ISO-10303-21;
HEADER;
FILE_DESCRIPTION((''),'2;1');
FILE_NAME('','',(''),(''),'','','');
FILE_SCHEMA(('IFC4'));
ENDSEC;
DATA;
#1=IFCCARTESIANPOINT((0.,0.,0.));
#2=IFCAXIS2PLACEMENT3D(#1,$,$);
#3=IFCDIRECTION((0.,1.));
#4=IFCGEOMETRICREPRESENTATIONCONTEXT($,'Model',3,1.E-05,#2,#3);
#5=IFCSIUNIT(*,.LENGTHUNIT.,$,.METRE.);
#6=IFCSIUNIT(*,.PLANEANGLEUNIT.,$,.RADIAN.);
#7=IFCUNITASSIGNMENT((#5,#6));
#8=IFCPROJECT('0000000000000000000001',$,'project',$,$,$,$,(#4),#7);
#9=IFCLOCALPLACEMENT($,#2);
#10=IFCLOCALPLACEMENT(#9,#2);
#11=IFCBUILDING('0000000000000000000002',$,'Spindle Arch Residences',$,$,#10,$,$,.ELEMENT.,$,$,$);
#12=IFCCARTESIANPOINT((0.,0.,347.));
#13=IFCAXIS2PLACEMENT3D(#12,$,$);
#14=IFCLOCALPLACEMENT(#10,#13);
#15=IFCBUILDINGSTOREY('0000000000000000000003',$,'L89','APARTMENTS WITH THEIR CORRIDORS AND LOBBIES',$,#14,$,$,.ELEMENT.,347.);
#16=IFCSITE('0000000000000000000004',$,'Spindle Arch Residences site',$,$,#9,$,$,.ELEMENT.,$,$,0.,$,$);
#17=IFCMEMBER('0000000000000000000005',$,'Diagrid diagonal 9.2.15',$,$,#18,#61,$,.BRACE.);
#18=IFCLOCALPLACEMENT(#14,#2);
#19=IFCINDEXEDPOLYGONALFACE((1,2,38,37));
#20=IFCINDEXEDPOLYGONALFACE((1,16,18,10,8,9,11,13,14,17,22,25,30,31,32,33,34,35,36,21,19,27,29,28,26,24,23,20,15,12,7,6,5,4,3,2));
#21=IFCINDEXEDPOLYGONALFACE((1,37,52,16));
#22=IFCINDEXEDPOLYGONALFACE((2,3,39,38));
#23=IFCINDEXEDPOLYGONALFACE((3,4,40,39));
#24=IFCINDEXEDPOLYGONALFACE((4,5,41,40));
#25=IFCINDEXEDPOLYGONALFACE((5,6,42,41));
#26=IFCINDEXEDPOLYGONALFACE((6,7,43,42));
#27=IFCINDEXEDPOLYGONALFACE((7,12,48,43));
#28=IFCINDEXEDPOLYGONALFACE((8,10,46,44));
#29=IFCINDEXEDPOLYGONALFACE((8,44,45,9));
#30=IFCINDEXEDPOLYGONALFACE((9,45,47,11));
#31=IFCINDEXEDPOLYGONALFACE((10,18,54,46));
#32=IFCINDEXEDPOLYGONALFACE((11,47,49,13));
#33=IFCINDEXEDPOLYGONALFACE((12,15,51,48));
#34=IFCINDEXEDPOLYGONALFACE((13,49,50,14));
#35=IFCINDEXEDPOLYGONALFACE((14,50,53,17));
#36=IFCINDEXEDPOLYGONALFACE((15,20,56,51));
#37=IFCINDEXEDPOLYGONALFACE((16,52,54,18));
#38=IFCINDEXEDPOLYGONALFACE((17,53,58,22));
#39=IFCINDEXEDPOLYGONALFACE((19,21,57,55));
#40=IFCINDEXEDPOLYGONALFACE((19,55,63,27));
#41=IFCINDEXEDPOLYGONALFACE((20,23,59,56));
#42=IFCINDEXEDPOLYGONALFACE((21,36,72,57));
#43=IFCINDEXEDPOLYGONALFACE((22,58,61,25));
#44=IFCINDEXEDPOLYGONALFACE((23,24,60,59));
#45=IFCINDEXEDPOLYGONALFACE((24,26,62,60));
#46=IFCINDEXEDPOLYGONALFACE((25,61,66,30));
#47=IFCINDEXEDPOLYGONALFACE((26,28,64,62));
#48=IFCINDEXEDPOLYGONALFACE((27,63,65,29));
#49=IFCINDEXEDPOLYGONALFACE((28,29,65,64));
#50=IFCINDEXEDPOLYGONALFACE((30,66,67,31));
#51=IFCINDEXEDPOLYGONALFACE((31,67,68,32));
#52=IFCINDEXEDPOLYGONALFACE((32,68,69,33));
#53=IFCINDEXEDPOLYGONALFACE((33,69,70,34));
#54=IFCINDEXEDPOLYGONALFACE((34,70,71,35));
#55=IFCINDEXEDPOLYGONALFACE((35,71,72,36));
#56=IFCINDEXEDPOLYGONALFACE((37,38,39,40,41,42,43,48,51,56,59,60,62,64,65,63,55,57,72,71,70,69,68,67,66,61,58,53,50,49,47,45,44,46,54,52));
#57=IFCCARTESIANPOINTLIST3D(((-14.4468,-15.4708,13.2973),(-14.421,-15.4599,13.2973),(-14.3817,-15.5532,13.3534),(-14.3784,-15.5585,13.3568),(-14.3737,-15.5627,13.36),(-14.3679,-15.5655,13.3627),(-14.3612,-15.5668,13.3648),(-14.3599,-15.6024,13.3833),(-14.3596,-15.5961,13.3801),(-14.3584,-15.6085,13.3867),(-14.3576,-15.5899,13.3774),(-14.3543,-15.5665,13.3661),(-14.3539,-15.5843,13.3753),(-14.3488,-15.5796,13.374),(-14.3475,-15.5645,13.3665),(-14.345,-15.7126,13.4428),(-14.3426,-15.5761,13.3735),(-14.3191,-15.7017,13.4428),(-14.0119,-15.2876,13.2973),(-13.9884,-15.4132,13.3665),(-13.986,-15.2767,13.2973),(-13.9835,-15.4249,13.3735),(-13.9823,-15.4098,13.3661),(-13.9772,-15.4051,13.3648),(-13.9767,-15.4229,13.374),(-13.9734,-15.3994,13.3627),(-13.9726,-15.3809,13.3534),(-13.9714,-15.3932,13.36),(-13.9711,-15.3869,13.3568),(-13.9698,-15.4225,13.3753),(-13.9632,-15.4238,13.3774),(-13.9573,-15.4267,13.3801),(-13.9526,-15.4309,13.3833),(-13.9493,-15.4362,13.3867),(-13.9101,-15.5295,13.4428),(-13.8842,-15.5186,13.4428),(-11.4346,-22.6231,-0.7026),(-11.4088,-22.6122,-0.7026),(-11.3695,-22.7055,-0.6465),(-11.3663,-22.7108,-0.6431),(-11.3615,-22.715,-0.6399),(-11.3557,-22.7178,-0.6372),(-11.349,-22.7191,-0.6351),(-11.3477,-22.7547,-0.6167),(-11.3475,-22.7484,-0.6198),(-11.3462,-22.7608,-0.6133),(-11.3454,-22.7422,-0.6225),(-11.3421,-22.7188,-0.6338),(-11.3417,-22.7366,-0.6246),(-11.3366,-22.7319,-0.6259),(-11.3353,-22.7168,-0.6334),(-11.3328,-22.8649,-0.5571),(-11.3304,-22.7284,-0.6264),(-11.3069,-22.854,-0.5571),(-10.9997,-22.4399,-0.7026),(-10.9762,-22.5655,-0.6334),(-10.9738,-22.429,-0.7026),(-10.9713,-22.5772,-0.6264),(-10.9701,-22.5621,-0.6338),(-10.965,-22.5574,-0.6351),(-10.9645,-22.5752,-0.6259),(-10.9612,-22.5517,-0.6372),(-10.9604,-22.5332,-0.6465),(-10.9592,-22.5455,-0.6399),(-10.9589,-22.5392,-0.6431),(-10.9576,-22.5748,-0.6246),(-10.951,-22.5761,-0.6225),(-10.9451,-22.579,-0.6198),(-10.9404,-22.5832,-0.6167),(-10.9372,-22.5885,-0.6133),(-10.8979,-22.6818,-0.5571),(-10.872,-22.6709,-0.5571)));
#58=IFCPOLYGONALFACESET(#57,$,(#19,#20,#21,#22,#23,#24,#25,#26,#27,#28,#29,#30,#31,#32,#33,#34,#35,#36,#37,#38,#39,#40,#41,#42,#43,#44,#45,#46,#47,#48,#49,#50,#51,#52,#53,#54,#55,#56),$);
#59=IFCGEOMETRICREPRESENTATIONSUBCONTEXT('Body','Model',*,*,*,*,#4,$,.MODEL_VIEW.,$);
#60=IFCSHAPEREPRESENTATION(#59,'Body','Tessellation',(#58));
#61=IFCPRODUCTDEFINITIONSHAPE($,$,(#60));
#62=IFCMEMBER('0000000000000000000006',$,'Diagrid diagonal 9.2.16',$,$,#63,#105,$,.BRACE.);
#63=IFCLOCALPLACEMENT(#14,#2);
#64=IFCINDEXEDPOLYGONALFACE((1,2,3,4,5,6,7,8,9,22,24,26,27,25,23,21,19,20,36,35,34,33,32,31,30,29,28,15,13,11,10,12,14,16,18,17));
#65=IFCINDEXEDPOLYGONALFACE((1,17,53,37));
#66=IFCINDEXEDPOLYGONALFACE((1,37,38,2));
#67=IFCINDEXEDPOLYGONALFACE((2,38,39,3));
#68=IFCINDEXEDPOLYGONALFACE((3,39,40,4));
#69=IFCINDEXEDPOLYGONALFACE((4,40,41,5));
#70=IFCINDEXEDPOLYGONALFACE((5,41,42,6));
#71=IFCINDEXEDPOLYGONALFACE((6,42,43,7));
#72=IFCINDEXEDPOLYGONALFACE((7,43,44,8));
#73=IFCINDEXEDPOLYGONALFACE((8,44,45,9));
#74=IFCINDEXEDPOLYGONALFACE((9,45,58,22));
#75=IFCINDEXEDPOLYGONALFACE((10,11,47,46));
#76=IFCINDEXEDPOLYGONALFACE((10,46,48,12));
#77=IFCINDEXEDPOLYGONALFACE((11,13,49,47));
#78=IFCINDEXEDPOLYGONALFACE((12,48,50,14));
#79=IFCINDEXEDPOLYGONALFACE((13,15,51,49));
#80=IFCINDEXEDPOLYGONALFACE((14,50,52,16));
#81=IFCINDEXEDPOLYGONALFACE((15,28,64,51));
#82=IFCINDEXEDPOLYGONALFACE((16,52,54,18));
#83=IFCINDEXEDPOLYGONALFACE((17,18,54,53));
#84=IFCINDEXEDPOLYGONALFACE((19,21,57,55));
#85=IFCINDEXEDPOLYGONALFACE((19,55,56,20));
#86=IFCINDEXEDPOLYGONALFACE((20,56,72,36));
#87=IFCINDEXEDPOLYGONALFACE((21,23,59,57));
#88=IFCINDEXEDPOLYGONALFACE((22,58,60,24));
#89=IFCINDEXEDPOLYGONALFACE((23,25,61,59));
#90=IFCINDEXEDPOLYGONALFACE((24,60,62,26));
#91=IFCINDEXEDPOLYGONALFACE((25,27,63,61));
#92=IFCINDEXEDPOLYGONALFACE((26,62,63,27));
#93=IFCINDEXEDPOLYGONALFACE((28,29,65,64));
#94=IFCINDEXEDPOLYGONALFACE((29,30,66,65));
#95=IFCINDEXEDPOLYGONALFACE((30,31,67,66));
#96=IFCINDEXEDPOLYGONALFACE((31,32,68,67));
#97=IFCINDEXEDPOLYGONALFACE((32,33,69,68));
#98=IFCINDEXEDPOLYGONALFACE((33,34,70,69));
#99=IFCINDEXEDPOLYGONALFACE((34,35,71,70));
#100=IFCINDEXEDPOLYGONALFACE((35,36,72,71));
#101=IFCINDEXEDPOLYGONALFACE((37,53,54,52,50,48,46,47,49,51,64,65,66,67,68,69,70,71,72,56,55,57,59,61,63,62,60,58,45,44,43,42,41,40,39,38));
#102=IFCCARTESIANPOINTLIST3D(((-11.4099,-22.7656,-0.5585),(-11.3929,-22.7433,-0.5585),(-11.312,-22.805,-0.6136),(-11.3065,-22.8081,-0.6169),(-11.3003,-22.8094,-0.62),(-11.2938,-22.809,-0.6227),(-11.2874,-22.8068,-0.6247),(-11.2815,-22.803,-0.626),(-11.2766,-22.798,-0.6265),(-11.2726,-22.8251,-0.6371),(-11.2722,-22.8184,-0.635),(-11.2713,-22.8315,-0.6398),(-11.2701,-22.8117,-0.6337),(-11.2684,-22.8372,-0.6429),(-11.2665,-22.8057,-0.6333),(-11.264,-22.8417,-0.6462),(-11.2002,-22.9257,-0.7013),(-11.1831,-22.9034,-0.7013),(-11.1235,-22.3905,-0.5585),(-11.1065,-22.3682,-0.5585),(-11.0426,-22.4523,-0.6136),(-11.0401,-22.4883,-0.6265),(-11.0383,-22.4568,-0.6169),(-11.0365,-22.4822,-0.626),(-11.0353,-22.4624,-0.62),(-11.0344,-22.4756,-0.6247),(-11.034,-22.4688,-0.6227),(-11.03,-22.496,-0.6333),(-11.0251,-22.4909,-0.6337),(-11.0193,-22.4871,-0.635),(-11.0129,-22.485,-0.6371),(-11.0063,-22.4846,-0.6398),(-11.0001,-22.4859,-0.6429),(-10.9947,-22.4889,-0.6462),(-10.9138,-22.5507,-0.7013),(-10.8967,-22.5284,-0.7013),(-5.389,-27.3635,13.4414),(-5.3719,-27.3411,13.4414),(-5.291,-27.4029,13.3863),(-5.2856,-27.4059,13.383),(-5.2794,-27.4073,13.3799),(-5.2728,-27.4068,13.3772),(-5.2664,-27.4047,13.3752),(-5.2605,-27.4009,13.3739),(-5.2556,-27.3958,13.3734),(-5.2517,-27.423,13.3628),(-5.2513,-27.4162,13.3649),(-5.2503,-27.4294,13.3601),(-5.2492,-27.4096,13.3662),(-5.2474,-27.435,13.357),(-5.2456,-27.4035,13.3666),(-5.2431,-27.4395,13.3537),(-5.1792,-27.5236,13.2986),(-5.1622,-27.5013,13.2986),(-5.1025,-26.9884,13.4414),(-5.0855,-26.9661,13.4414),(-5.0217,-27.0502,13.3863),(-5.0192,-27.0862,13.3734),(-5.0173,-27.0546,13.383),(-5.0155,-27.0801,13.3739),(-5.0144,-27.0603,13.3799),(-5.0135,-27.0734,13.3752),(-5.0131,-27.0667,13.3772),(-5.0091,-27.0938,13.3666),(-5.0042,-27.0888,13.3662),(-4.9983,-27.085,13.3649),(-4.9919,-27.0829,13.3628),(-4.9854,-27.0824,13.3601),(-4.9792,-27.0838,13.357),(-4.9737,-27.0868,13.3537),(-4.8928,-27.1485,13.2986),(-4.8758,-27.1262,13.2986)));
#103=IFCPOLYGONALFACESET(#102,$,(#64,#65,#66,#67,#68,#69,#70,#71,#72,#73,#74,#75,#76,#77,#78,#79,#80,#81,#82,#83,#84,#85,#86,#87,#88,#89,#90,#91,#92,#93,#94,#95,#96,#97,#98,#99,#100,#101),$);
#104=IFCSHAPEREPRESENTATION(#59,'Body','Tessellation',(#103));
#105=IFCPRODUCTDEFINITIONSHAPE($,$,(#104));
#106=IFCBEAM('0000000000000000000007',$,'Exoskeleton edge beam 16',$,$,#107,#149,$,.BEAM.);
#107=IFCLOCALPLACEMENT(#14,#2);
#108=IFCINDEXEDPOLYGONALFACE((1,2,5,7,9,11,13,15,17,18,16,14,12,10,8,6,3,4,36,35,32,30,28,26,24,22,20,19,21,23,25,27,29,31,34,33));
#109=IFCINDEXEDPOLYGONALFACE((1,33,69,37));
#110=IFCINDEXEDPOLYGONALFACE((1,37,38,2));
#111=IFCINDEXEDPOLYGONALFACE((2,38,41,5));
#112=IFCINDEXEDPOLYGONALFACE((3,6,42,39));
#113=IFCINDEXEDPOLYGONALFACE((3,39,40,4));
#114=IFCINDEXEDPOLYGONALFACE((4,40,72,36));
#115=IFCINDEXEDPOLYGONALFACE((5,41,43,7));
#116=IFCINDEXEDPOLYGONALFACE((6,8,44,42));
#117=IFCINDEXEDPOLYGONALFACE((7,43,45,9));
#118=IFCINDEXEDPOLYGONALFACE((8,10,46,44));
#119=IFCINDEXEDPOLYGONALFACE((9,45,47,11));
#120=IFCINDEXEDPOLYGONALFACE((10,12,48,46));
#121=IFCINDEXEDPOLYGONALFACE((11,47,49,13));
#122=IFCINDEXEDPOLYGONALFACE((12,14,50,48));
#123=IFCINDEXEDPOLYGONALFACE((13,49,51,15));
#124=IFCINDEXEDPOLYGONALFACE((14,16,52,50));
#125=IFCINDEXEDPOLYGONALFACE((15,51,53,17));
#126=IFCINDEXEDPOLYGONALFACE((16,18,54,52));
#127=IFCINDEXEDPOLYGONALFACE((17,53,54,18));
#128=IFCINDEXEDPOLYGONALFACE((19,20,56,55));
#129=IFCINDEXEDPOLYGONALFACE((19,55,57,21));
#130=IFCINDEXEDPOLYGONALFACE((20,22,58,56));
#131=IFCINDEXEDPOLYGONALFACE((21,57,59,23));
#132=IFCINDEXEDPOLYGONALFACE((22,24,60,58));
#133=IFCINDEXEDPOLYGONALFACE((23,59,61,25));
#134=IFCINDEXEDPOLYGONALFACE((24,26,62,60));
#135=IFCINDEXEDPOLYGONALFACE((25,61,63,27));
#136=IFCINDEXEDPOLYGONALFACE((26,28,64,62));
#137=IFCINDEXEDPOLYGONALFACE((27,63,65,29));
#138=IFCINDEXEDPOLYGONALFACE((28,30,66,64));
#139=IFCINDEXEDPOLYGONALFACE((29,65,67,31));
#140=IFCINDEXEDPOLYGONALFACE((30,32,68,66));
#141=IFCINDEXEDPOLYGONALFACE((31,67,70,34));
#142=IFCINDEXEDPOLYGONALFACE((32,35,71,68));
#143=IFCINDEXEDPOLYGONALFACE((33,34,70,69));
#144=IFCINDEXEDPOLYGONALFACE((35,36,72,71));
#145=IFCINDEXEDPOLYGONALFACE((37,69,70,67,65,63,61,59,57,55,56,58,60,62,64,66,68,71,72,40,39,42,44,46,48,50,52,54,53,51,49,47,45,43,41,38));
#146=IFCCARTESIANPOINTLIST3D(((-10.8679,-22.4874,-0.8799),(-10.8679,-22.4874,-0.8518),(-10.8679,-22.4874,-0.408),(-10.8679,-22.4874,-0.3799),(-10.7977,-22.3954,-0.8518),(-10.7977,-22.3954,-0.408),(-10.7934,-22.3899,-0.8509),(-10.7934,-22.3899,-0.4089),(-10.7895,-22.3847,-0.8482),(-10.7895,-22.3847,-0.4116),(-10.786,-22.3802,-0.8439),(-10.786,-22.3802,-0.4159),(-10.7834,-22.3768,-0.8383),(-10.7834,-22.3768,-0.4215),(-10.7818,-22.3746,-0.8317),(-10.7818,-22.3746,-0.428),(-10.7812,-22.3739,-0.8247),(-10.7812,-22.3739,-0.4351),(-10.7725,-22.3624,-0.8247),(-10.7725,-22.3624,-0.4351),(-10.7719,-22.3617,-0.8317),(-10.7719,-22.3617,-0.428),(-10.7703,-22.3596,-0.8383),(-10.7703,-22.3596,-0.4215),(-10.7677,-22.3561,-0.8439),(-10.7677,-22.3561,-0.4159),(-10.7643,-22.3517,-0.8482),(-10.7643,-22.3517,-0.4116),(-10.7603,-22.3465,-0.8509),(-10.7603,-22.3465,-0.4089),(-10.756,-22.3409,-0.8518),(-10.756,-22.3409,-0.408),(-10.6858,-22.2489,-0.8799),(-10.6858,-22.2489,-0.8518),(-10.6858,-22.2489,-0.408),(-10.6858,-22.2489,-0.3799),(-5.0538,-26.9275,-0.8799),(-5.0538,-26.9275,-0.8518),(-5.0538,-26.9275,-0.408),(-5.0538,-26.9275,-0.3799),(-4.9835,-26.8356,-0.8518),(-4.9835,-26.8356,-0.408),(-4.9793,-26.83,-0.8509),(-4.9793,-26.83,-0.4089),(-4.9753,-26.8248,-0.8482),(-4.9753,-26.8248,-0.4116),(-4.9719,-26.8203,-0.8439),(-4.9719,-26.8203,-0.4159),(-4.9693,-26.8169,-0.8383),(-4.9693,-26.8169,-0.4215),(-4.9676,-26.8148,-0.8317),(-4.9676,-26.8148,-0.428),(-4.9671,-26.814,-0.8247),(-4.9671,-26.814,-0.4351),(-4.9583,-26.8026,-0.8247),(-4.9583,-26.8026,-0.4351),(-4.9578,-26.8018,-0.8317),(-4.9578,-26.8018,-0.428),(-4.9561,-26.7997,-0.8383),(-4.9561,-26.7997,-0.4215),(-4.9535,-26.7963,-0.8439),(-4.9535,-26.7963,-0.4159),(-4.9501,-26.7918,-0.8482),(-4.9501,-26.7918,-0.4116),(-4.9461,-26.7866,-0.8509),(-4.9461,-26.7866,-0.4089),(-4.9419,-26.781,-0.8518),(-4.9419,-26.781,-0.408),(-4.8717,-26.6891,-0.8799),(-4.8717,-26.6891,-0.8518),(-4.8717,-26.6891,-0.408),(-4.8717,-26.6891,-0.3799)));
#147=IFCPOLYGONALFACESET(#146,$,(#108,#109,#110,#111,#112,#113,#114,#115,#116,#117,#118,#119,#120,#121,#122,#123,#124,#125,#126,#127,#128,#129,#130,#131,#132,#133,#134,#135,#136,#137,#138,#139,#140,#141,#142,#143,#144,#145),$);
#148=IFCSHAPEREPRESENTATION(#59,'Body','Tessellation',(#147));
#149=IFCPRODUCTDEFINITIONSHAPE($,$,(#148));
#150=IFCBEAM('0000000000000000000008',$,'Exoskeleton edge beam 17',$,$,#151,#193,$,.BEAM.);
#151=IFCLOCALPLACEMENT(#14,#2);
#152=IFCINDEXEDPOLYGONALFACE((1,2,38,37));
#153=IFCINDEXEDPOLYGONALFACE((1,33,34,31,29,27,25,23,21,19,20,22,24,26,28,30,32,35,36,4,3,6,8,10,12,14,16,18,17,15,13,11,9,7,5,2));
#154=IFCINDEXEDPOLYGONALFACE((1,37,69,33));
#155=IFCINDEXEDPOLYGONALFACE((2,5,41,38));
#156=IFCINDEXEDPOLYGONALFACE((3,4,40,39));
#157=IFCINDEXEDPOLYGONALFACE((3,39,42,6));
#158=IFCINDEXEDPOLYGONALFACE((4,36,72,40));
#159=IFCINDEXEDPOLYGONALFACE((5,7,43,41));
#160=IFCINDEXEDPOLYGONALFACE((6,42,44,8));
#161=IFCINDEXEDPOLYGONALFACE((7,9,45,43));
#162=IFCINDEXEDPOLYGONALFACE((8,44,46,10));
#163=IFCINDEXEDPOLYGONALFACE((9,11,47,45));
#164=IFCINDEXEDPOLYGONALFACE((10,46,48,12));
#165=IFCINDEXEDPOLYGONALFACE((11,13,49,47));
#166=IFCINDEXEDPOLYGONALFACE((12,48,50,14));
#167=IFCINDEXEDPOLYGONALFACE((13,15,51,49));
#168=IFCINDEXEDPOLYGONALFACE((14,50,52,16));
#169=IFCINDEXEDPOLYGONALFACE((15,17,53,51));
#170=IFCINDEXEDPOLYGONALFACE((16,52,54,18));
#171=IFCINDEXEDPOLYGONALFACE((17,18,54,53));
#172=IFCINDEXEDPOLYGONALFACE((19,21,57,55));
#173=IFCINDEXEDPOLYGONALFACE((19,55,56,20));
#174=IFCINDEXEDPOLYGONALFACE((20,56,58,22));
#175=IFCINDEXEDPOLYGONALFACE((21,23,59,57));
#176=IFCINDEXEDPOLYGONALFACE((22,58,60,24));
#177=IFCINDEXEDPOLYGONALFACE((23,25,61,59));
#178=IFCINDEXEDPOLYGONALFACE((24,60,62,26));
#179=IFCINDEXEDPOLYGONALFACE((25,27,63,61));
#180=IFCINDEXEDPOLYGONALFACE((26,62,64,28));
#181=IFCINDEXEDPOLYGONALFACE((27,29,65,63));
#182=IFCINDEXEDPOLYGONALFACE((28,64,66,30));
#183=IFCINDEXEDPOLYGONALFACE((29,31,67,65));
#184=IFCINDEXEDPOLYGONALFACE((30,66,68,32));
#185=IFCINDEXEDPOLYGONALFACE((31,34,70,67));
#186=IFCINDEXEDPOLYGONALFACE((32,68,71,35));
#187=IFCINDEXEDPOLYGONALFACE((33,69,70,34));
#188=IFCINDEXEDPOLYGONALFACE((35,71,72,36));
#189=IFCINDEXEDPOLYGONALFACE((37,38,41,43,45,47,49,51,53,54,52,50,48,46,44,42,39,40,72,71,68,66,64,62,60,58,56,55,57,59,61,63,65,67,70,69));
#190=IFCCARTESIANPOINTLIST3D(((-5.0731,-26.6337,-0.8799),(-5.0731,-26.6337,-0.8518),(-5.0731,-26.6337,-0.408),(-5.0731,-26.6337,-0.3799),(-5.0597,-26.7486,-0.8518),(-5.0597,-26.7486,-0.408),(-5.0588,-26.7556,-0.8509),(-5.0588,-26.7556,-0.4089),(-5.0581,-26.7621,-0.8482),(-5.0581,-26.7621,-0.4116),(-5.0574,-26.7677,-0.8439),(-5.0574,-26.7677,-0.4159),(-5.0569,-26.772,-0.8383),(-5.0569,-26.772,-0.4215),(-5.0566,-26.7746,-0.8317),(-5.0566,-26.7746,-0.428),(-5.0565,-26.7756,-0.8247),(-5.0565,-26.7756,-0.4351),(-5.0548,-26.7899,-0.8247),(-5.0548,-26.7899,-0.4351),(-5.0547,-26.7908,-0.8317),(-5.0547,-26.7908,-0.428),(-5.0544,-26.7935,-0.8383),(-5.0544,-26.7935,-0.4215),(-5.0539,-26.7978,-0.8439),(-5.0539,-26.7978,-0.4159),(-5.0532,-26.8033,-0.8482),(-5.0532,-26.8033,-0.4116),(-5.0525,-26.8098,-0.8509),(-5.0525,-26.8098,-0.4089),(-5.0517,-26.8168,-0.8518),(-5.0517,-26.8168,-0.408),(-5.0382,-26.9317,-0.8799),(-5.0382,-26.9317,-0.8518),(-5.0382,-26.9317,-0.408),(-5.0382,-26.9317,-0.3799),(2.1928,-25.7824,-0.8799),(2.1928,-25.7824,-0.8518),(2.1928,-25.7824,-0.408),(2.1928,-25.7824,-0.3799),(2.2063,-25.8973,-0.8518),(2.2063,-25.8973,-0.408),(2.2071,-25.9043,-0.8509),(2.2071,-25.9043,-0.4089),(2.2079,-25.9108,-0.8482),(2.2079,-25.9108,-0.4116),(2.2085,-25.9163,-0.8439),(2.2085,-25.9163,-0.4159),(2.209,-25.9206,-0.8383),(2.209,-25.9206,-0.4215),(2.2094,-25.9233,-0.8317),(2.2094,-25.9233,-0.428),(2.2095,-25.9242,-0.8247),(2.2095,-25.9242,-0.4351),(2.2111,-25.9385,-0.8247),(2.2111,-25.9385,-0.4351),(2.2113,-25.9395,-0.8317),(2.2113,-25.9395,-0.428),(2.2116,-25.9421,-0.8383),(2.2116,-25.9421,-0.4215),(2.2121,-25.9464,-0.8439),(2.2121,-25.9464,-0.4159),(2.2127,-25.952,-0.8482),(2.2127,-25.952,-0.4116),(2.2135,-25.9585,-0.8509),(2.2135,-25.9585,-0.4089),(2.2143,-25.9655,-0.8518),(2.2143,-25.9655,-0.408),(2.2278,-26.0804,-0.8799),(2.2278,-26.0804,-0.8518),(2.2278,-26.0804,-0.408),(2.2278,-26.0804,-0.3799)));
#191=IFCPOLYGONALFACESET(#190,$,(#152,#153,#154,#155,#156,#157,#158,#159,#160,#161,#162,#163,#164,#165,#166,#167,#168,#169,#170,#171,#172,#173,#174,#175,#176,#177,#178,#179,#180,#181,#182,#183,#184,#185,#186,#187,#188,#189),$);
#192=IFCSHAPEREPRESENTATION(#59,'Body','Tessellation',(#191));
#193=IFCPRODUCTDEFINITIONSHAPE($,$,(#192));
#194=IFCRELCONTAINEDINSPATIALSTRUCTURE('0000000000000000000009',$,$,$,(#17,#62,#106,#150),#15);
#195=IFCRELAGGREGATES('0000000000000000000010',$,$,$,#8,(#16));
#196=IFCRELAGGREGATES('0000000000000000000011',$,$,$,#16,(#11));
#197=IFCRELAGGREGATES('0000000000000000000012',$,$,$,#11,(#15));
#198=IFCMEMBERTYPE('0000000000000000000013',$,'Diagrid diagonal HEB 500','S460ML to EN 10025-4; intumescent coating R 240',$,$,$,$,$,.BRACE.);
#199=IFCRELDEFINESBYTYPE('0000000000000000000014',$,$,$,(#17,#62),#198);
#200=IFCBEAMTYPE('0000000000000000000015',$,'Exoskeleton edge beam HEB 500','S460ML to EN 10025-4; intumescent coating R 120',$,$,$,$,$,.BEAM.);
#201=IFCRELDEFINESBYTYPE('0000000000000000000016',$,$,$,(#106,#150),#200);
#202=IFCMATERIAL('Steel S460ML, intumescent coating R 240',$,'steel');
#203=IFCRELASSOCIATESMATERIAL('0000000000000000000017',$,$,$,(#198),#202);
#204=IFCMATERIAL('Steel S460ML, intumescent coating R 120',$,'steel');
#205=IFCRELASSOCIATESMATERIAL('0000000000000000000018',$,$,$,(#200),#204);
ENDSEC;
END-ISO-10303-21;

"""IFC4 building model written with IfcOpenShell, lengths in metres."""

from ifc_helpers import new_model, si_unit, direction, frame, origin, origin_2d, place, context, subcontext, project, spatial, i_section, extrude, material, material_profile, profile_set, type_object, element, save


model = new_model("IFC4")

# Units and contexts
model_context = context("Model", 3, precision=1e-05, world=origin(), true_north=direction((0.0, 1.0)))
body_context = subcontext(model_context, "Body", "Model", "MODEL_VIEW")
ifc_project = project(units=[si_unit("LENGTHUNIT", "METRE"), si_unit("PLANEANGLEUNIT", "RADIAN")], contexts=[model_context])

# Site, building, storey
site_placement = place(None, origin())
site = spatial("IfcSite", under=ifc_project, at=site_placement, Name="Spindle Arch Residences site", CompositionType="ELEMENT", RefElevation=0.0)
building_placement = place(site_placement, origin())
building = spatial("IfcBuilding", under=site, at=building_placement, Name="Spindle Arch Residences", CompositionType="ELEMENT")
storey_placement = place(building_placement, frame((0.0, 0.0, 347.0)))
storey = spatial("IfcBuildingStorey", under=building, at=storey_placement, Name="L89", Description="APARTMENTS WITH THEIR CORRIDORS AND LOBBIES", CompositionType="ELEMENT", Elevation=347.0)

# Members
ifc_material_1 = material(Name="Steel S460ML, intumescent coating R 240", Category="steel")
ifc_material_profile_1 = material_profile(ifc_material_1, i_section(OverallWidth=0.3, OverallDepth=0.5, WebThickness=0.0144, FlangeThickness=0.0281, FilletRadius=0.0271, at=origin_2d()), Name="HEB 500")
ifc_profile_set_1 = profile_set([ifc_material_profile_1], Name="Steel S460ML, intumescent coating R 240")
member_type_1 = type_object("IfcMemberType", Name="Diagrid diagonal HEB 500", Description="S460ML to EN 10025-4; intumescent coating R 240", PredefinedType="BRACE", material=ifc_profile_set_1)
member_1_placement = place(storey_placement, frame((-11.1533, -22.647, -0.6299), z_axis=(-0.188179, 0.446821, 0.874608), x_axis=(0.339464, -0.806042, 0.48483)))
element("IfcMember", 1, at=member_1_placement, inside=storey, type_object=member_type_1, Name="Diagrid diagonal 9.2.15", PredefinedType="BRACE", context=body_context, shape_type="SweptSolid", body=[
    extrude(i_section(OverallWidth=0.3, OverallDepth=0.5, WebThickness=0.0144, FlangeThickness=0.0281, FilletRadius=0.0271, at=origin_2d()), origin(), (0.0, 0.0, 1.0), 16.0071),
])
member_2_placement = place(storey_placement, frame((-11.1533, -22.647, -0.6299), z_axis=(0.378243, -0.288843, 0.879489), x_axis=(-0.698987, 0.533778, 0.475918)))
element("IfcMember", 2, at=member_2_placement, inside=storey, type_object=member_type_1, Name="Diagrid diagonal 9.2.16", PredefinedType="BRACE", context=body_context, shape_type="SweptSolid", body=[
    extrude(i_section(OverallWidth=0.3, OverallDepth=0.5, WebThickness=0.0144, FlangeThickness=0.0281, FilletRadius=0.0271, at=origin_2d()), origin(), (0.0, 0.0, 1.0), 15.9182),
])

# Beams
ifc_material_2 = material(Name="Steel S460ML, intumescent coating R 120", Category="steel")
ifc_material_profile_2 = material_profile(ifc_material_2, i_section(OverallWidth=0.3, OverallDepth=0.5, WebThickness=0.0144, FlangeThickness=0.0281, FilletRadius=0.0271, at=origin_2d()), Name="HEB 500")
ifc_profile_set_2 = profile_set([ifc_material_profile_2], Name="Steel S460ML, intumescent coating R 120")
beam_type_1 = type_object("IfcBeamType", Name="Exoskeleton edge beam HEB 500", Description="S460ML to EN 10025-4; intumescent coating R 120", PredefinedType="BEAM", material=ifc_profile_set_2)
for number, where, z_axis, x_axis, name in (
    (3, (-10.7769, -22.3682, -0.6299), (0.794752, -0.606935, 0.0), (0.606935, 0.794752, 0.0), "Exoskeleton edge beam 16"),
    (4, (-5.0557, -26.7827, -0.6299), (0.993206, 0.116371, 0.0), (-0.116371, 0.993206, 0.0), "Exoskeleton edge beam 17"),
):
    element("IfcBeam", number, at=place(storey_placement, frame(where, z_axis=z_axis, x_axis=x_axis)), inside=storey, type_object=beam_type_1, Name=name, PredefinedType="BEAM", context=body_context, shape_type="SweptSolid", body=[
        extrude(i_section(OverallWidth=0.3, OverallDepth=0.5, WebThickness=0.0144, FlangeThickness=0.0281, FilletRadius=0.0271, at=origin_2d()), origin(), (0.0, 0.0, 1.0), 7.3157),
    ])

save(model, "model.ifc")
